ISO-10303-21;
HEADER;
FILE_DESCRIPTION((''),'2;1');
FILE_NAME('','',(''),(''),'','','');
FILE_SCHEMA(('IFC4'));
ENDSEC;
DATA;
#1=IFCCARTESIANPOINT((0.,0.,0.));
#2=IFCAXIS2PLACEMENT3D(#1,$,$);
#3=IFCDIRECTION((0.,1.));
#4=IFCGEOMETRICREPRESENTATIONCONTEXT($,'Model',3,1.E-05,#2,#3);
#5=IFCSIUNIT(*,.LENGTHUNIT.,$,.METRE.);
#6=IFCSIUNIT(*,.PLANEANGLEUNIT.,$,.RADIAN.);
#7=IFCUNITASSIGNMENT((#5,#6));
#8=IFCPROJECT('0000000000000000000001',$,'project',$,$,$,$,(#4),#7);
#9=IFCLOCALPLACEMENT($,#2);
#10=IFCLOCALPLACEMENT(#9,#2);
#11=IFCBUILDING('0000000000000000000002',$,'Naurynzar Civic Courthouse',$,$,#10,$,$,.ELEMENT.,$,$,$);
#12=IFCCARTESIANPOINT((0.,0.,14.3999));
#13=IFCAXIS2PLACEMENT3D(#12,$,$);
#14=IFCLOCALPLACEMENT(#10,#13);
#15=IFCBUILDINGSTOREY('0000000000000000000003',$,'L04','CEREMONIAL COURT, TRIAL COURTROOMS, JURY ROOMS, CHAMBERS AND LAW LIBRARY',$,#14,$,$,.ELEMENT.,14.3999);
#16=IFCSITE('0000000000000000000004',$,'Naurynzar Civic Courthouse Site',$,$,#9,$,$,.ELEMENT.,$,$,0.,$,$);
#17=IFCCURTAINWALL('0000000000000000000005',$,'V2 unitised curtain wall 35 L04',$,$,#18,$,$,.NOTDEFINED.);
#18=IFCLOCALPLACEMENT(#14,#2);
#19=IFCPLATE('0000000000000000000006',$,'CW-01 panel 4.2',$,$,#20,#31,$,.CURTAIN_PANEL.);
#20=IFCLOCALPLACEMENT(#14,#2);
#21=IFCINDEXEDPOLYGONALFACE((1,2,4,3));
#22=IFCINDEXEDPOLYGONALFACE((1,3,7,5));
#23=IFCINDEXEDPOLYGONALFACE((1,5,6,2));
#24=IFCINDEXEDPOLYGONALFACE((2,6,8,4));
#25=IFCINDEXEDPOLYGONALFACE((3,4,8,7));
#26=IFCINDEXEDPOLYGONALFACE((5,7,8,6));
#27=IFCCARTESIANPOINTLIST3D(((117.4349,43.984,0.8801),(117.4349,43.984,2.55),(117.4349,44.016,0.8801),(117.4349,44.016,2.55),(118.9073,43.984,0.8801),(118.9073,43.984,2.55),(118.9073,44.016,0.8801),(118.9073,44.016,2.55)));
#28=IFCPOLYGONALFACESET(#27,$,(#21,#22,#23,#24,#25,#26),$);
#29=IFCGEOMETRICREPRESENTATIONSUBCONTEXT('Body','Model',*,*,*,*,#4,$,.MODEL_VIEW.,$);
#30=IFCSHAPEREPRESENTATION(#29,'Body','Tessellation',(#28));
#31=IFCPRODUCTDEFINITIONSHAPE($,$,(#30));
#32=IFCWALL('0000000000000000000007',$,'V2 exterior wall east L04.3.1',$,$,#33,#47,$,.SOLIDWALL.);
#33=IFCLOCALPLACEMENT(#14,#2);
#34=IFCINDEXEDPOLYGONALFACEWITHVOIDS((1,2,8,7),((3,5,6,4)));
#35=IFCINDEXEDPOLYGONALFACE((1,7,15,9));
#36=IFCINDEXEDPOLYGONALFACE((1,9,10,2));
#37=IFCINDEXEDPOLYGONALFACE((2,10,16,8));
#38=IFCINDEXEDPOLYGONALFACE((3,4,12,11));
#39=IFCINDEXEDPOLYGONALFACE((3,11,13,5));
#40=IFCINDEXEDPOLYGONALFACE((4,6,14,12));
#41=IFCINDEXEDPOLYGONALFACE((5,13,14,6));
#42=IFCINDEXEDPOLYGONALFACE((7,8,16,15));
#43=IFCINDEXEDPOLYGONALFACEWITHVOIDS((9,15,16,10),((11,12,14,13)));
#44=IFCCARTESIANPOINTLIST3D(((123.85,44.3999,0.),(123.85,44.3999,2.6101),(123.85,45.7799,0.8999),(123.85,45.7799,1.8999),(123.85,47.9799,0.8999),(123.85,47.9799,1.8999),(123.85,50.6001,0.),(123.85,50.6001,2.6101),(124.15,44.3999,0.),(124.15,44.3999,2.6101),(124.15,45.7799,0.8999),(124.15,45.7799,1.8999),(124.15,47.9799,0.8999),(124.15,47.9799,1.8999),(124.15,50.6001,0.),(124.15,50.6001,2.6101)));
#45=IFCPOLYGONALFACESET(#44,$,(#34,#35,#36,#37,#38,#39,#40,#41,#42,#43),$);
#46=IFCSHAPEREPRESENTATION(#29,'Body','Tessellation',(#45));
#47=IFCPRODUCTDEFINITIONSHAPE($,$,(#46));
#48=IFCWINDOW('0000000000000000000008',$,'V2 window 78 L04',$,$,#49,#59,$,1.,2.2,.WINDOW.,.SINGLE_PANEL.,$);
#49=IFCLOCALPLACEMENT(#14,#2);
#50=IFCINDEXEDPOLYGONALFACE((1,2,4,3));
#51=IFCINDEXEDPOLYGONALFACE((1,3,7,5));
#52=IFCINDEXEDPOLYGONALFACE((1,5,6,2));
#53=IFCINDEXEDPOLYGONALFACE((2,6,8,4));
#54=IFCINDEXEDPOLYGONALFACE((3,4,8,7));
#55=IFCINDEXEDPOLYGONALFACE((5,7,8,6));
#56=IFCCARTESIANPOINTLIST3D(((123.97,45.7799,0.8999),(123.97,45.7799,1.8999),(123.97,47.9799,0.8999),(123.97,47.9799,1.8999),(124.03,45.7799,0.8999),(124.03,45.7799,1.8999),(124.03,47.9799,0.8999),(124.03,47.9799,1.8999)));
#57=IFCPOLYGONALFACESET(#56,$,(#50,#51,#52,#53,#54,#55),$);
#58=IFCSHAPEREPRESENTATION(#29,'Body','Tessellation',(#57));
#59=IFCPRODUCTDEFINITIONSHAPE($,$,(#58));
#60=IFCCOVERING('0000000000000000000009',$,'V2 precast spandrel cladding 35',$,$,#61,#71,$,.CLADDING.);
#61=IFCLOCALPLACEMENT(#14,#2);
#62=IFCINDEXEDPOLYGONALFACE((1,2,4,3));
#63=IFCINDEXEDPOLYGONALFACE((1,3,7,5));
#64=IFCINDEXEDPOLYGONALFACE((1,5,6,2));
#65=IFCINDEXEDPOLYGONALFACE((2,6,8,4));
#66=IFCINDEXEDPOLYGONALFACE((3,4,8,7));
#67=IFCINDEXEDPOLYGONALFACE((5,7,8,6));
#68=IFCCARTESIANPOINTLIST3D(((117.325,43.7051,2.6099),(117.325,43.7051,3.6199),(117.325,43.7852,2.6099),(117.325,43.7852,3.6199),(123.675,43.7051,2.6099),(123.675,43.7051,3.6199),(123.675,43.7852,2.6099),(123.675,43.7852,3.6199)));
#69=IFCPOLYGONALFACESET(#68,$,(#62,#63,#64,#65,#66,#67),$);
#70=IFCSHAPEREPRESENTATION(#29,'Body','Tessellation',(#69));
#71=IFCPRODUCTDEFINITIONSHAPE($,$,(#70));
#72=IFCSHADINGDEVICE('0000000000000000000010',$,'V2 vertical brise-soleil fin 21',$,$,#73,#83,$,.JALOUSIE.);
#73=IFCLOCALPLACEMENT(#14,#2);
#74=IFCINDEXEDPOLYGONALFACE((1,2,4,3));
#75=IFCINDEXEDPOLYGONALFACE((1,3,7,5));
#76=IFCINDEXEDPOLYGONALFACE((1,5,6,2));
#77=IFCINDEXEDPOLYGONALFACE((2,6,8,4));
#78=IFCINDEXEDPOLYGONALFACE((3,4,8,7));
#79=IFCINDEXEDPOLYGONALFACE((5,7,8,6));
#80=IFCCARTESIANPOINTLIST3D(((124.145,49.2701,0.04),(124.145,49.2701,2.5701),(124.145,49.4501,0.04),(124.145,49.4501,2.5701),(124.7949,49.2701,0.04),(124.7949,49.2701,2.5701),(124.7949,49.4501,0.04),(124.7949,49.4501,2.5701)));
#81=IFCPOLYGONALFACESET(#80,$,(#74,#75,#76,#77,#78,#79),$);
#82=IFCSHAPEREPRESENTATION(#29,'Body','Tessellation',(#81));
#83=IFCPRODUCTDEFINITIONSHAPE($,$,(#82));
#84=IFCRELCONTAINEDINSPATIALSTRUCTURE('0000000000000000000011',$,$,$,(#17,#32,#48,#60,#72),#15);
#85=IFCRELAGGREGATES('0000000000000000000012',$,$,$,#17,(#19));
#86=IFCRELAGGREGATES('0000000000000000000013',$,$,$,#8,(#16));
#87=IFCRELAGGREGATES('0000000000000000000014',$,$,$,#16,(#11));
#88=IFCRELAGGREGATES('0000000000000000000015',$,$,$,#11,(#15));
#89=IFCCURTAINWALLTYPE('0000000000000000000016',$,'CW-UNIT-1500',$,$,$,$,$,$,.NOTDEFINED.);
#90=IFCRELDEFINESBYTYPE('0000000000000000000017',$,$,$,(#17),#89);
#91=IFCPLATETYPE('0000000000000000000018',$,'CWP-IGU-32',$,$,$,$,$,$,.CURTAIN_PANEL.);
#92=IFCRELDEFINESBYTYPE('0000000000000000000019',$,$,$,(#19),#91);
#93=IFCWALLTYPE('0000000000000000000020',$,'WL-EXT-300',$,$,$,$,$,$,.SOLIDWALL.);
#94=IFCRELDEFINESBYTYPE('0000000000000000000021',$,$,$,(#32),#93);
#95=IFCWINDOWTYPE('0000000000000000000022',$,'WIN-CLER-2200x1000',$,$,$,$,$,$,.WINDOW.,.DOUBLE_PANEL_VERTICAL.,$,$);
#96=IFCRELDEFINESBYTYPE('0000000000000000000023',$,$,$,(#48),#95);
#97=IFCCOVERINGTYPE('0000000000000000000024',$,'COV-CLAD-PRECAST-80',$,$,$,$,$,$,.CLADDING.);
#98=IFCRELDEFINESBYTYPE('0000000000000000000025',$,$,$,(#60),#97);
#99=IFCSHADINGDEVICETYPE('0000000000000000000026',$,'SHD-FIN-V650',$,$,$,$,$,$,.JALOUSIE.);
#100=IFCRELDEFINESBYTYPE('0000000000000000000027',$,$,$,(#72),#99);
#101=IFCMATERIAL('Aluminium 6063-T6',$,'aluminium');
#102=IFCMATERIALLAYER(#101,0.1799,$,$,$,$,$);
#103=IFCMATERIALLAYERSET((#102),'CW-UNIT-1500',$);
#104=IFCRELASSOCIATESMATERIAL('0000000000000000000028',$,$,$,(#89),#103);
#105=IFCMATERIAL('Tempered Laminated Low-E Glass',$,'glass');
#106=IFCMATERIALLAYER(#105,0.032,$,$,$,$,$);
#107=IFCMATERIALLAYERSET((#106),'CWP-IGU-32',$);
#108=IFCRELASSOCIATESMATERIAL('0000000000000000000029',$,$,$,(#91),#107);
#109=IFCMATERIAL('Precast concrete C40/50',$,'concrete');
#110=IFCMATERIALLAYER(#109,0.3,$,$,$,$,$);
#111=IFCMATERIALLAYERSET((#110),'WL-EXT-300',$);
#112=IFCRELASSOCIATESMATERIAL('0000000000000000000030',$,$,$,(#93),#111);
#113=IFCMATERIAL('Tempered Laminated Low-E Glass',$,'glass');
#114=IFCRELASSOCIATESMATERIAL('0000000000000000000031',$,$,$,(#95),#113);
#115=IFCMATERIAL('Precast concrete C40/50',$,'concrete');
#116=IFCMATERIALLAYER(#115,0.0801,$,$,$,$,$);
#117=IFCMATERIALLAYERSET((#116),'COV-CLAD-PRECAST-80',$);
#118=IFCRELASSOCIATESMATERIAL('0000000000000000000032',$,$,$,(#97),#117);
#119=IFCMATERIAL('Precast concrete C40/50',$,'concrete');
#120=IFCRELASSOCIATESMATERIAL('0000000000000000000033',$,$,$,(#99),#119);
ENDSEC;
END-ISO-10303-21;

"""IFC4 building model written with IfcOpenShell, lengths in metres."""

from ifc_helpers import new_model, si_unit, direction, frame, frame_2d, origin, origin_2d, place, context, subcontext, project, spatial, rectangle, extrude, material, layer, layer_set, type_object, element, fill, aggregate, save


model = new_model("IFC4")

# Units and contexts
model_context = context("Model", 3, precision=1e-05, world=origin(), true_north=direction((0.0, 1.0)))
body_context = subcontext(model_context, "Body", "Model", "MODEL_VIEW")
ifc_project = project(units=[si_unit("LENGTHUNIT", "METRE"), si_unit("PLANEANGLEUNIT", "RADIAN")], contexts=[model_context])

# Site, building, storey
site_placement = place(None, origin())
site = spatial("IfcSite", under=ifc_project, at=site_placement, Name="Naurynzar Civic Courthouse Site", CompositionType="ELEMENT", RefElevation=0.0)
building_placement = place(site_placement, origin())
building = spatial("IfcBuilding", under=site, at=building_placement, Name="Naurynzar Civic Courthouse", CompositionType="ELEMENT")
storey_placement = place(building_placement, frame((0.0, 0.0, 14.3999)))
storey = spatial("IfcBuildingStorey", under=building, at=storey_placement, Name="L04", Description="CEREMONIAL COURT, TRIAL COURTROOMS, JURY ROOMS, CHAMBERS AND LAW LIBRARY", CompositionType="ELEMENT", Elevation=14.3999)

# Curtain wall, plate
ifc_material_1 = material(Name="Aluminium 6063-T6", Category="aluminium")
ifc_layer_1 = layer(ifc_material_1, 0.1799)
ifc_layer_set_1 = layer_set([ifc_layer_1], Name="CW-UNIT-1500")
curtain_wall_type = type_object("IfcCurtainWallType", Name="CW-UNIT-1500", PredefinedType="NOTDEFINED", material=ifc_layer_set_1)
curtain_wall_placement = place(storey_placement, origin())
curtain_wall = element("IfcCurtainWall", 1, at=curtain_wall_placement, inside=storey, type_object=curtain_wall_type, Name="V2 unitised curtain wall 35 L04", PredefinedType="NOTDEFINED")
ifc_material_2 = material(Name="Tempered Laminated Low-E Glass", Category="glass")
ifc_layer_2 = layer(ifc_material_2, 0.032)
ifc_layer_set_2 = layer_set([ifc_layer_2], Name="CWP-IGU-32")
plate_type = type_object("IfcPlateType", Name="CWP-IGU-32", PredefinedType="CURTAIN_PANEL", material=ifc_layer_set_2)
plate_1_placement = place(storey_placement, frame((118.1711, 44.0, 0.8801), z_axis=(0.0, 0.0, 1.0), x_axis=(-1.0, 0.0, 0.0)))
plate_1 = element("IfcPlate", 2, at=plate_1_placement, type_object=plate_type, Name="CW-01 panel 4.2", PredefinedType="CURTAIN_PANEL", context=body_context, shape_type="SweptSolid", body=[
    extrude(rectangle(XDim=1.4724, YDim=0.032, at=origin_2d()), origin(), (0.0, 0.0, 1.0), 1.6699),
])
aggregate(curtain_wall, [plate_1])

# Wall, opening, window
ifc_material_3 = material(Name="Precast concrete C40/50", Category="concrete")
ifc_layer_3 = layer(ifc_material_3, 0.3)
ifc_layer_set_3 = layer_set([ifc_layer_3], Name="WL-EXT-300")
wall_type = type_object("IfcWallType", Name="WL-EXT-300", PredefinedType="SOLIDWALL", material=ifc_layer_set_3)
wall_placement = place(storey_placement, frame((124.0, 50.6001, 0.0), z_axis=(0.0, 0.0, 1.0), x_axis=(0.0, -1.0, 0.0)))
wall = element("IfcWall", 3, at=wall_placement, inside=storey, type_object=wall_type, Name="V2 exterior wall east L04.3.1", PredefinedType="SOLIDWALL", context=body_context, shape_type="SweptSolid", body=[
    extrude(rectangle(XDim=6.2002, YDim=0.3, at=frame_2d((3.1001, 0.0))), origin(), (0.0, 0.0, 1.0), 2.6101),
])
opening_placement = place(wall_placement, frame((2.6201, 0.0, 0.8999)))
opening = element("IfcOpeningElement", 4, at=opening_placement, cuts=wall, PredefinedType="OPENING", context=body_context, shape_type="SweptSolid", body=[
    extrude(rectangle(XDim=2.2, YDim=1.0, at=frame_2d((1.1001, 0.5))), frame((0.0, 0.1599, 0.0), z_axis=(0.0, -1.0, 0.0), x_axis=(1.0, 0.0, 0.0)), (0.0, 0.0, 1.0), 0.3201),
])
ifc_material_4 = material(Name="Tempered Laminated Low-E Glass", Category="glass")
window_type = type_object("IfcWindowType", Name="WIN-CLER-2200x1000", PartitioningType="DOUBLE_PANEL_VERTICAL", PredefinedType="WINDOW", material=ifc_material_4)
window_placement = place(opening_placement, origin())
window = element("IfcWindow", 5, at=window_placement, inside=storey, type_object=window_type, Name="V2 window 78 L04", OverallHeight=1.0, OverallWidth=2.2, PartitioningType="SINGLE_PANEL", PredefinedType="WINDOW", context=body_context, shape_type="SweptSolid", body=[
    extrude(rectangle(XDim=2.2, YDim=1.0, at=frame_2d((1.1001, 0.5))), frame((0.0, 0.03, 0.0), z_axis=(0.0, -1.0, 0.0), x_axis=(1.0, 0.0, 0.0)), (0.0, 0.0, 1.0), 0.0601),
])
fill(opening, window)

# Covering
ifc_material_5 = material(Name="Precast concrete C40/50", Category="concrete")
ifc_layer_4 = layer(ifc_material_5, 0.0801)
ifc_layer_set_4 = layer_set([ifc_layer_4], Name="COV-CLAD-PRECAST-80")
covering_type = type_object("IfcCoveringType", Name="COV-CLAD-PRECAST-80", PredefinedType="CLADDING", material=ifc_layer_set_4)
covering_placement = place(storey_placement, frame((120.5, 43.7451, 2.6099), z_axis=(0.0, 0.0, 1.0), x_axis=(-1.0, 0.0, 0.0)))
element("IfcCovering", 6, at=covering_placement, inside=storey, type_object=covering_type, Name="V2 precast spandrel cladding 35", PredefinedType="CLADDING", context=body_context, shape_type="SweptSolid", body=[
    extrude(rectangle(XDim=6.3501, YDim=0.0801, at=origin_2d()), origin(), (0.0, 0.0, 1.0), 1.01),
])

# Shading device
ifc_material_6 = material(Name="Precast concrete C40/50", Category="concrete")
shading_device_type = type_object("IfcShadingDeviceType", Name="SHD-FIN-V650", PredefinedType="JALOUSIE", material=ifc_material_6)
shading_device_placement = place(storey_placement, frame((124.47, 49.3601, 0.04), z_axis=(0.0, 0.0, 1.0), x_axis=(0.0, -1.0, 0.0)))
element("IfcShadingDevice", 7, at=shading_device_placement, inside=storey, type_object=shading_device_type, Name="V2 vertical brise-soleil fin 21", PredefinedType="JALOUSIE", context=body_context, shape_type="SweptSolid", body=[
    extrude(rectangle(XDim=0.1799, YDim=0.6499, at=origin_2d()), origin(), (0.0, 0.0, 1.0), 2.53),
])

save(model, "model.ifc")
